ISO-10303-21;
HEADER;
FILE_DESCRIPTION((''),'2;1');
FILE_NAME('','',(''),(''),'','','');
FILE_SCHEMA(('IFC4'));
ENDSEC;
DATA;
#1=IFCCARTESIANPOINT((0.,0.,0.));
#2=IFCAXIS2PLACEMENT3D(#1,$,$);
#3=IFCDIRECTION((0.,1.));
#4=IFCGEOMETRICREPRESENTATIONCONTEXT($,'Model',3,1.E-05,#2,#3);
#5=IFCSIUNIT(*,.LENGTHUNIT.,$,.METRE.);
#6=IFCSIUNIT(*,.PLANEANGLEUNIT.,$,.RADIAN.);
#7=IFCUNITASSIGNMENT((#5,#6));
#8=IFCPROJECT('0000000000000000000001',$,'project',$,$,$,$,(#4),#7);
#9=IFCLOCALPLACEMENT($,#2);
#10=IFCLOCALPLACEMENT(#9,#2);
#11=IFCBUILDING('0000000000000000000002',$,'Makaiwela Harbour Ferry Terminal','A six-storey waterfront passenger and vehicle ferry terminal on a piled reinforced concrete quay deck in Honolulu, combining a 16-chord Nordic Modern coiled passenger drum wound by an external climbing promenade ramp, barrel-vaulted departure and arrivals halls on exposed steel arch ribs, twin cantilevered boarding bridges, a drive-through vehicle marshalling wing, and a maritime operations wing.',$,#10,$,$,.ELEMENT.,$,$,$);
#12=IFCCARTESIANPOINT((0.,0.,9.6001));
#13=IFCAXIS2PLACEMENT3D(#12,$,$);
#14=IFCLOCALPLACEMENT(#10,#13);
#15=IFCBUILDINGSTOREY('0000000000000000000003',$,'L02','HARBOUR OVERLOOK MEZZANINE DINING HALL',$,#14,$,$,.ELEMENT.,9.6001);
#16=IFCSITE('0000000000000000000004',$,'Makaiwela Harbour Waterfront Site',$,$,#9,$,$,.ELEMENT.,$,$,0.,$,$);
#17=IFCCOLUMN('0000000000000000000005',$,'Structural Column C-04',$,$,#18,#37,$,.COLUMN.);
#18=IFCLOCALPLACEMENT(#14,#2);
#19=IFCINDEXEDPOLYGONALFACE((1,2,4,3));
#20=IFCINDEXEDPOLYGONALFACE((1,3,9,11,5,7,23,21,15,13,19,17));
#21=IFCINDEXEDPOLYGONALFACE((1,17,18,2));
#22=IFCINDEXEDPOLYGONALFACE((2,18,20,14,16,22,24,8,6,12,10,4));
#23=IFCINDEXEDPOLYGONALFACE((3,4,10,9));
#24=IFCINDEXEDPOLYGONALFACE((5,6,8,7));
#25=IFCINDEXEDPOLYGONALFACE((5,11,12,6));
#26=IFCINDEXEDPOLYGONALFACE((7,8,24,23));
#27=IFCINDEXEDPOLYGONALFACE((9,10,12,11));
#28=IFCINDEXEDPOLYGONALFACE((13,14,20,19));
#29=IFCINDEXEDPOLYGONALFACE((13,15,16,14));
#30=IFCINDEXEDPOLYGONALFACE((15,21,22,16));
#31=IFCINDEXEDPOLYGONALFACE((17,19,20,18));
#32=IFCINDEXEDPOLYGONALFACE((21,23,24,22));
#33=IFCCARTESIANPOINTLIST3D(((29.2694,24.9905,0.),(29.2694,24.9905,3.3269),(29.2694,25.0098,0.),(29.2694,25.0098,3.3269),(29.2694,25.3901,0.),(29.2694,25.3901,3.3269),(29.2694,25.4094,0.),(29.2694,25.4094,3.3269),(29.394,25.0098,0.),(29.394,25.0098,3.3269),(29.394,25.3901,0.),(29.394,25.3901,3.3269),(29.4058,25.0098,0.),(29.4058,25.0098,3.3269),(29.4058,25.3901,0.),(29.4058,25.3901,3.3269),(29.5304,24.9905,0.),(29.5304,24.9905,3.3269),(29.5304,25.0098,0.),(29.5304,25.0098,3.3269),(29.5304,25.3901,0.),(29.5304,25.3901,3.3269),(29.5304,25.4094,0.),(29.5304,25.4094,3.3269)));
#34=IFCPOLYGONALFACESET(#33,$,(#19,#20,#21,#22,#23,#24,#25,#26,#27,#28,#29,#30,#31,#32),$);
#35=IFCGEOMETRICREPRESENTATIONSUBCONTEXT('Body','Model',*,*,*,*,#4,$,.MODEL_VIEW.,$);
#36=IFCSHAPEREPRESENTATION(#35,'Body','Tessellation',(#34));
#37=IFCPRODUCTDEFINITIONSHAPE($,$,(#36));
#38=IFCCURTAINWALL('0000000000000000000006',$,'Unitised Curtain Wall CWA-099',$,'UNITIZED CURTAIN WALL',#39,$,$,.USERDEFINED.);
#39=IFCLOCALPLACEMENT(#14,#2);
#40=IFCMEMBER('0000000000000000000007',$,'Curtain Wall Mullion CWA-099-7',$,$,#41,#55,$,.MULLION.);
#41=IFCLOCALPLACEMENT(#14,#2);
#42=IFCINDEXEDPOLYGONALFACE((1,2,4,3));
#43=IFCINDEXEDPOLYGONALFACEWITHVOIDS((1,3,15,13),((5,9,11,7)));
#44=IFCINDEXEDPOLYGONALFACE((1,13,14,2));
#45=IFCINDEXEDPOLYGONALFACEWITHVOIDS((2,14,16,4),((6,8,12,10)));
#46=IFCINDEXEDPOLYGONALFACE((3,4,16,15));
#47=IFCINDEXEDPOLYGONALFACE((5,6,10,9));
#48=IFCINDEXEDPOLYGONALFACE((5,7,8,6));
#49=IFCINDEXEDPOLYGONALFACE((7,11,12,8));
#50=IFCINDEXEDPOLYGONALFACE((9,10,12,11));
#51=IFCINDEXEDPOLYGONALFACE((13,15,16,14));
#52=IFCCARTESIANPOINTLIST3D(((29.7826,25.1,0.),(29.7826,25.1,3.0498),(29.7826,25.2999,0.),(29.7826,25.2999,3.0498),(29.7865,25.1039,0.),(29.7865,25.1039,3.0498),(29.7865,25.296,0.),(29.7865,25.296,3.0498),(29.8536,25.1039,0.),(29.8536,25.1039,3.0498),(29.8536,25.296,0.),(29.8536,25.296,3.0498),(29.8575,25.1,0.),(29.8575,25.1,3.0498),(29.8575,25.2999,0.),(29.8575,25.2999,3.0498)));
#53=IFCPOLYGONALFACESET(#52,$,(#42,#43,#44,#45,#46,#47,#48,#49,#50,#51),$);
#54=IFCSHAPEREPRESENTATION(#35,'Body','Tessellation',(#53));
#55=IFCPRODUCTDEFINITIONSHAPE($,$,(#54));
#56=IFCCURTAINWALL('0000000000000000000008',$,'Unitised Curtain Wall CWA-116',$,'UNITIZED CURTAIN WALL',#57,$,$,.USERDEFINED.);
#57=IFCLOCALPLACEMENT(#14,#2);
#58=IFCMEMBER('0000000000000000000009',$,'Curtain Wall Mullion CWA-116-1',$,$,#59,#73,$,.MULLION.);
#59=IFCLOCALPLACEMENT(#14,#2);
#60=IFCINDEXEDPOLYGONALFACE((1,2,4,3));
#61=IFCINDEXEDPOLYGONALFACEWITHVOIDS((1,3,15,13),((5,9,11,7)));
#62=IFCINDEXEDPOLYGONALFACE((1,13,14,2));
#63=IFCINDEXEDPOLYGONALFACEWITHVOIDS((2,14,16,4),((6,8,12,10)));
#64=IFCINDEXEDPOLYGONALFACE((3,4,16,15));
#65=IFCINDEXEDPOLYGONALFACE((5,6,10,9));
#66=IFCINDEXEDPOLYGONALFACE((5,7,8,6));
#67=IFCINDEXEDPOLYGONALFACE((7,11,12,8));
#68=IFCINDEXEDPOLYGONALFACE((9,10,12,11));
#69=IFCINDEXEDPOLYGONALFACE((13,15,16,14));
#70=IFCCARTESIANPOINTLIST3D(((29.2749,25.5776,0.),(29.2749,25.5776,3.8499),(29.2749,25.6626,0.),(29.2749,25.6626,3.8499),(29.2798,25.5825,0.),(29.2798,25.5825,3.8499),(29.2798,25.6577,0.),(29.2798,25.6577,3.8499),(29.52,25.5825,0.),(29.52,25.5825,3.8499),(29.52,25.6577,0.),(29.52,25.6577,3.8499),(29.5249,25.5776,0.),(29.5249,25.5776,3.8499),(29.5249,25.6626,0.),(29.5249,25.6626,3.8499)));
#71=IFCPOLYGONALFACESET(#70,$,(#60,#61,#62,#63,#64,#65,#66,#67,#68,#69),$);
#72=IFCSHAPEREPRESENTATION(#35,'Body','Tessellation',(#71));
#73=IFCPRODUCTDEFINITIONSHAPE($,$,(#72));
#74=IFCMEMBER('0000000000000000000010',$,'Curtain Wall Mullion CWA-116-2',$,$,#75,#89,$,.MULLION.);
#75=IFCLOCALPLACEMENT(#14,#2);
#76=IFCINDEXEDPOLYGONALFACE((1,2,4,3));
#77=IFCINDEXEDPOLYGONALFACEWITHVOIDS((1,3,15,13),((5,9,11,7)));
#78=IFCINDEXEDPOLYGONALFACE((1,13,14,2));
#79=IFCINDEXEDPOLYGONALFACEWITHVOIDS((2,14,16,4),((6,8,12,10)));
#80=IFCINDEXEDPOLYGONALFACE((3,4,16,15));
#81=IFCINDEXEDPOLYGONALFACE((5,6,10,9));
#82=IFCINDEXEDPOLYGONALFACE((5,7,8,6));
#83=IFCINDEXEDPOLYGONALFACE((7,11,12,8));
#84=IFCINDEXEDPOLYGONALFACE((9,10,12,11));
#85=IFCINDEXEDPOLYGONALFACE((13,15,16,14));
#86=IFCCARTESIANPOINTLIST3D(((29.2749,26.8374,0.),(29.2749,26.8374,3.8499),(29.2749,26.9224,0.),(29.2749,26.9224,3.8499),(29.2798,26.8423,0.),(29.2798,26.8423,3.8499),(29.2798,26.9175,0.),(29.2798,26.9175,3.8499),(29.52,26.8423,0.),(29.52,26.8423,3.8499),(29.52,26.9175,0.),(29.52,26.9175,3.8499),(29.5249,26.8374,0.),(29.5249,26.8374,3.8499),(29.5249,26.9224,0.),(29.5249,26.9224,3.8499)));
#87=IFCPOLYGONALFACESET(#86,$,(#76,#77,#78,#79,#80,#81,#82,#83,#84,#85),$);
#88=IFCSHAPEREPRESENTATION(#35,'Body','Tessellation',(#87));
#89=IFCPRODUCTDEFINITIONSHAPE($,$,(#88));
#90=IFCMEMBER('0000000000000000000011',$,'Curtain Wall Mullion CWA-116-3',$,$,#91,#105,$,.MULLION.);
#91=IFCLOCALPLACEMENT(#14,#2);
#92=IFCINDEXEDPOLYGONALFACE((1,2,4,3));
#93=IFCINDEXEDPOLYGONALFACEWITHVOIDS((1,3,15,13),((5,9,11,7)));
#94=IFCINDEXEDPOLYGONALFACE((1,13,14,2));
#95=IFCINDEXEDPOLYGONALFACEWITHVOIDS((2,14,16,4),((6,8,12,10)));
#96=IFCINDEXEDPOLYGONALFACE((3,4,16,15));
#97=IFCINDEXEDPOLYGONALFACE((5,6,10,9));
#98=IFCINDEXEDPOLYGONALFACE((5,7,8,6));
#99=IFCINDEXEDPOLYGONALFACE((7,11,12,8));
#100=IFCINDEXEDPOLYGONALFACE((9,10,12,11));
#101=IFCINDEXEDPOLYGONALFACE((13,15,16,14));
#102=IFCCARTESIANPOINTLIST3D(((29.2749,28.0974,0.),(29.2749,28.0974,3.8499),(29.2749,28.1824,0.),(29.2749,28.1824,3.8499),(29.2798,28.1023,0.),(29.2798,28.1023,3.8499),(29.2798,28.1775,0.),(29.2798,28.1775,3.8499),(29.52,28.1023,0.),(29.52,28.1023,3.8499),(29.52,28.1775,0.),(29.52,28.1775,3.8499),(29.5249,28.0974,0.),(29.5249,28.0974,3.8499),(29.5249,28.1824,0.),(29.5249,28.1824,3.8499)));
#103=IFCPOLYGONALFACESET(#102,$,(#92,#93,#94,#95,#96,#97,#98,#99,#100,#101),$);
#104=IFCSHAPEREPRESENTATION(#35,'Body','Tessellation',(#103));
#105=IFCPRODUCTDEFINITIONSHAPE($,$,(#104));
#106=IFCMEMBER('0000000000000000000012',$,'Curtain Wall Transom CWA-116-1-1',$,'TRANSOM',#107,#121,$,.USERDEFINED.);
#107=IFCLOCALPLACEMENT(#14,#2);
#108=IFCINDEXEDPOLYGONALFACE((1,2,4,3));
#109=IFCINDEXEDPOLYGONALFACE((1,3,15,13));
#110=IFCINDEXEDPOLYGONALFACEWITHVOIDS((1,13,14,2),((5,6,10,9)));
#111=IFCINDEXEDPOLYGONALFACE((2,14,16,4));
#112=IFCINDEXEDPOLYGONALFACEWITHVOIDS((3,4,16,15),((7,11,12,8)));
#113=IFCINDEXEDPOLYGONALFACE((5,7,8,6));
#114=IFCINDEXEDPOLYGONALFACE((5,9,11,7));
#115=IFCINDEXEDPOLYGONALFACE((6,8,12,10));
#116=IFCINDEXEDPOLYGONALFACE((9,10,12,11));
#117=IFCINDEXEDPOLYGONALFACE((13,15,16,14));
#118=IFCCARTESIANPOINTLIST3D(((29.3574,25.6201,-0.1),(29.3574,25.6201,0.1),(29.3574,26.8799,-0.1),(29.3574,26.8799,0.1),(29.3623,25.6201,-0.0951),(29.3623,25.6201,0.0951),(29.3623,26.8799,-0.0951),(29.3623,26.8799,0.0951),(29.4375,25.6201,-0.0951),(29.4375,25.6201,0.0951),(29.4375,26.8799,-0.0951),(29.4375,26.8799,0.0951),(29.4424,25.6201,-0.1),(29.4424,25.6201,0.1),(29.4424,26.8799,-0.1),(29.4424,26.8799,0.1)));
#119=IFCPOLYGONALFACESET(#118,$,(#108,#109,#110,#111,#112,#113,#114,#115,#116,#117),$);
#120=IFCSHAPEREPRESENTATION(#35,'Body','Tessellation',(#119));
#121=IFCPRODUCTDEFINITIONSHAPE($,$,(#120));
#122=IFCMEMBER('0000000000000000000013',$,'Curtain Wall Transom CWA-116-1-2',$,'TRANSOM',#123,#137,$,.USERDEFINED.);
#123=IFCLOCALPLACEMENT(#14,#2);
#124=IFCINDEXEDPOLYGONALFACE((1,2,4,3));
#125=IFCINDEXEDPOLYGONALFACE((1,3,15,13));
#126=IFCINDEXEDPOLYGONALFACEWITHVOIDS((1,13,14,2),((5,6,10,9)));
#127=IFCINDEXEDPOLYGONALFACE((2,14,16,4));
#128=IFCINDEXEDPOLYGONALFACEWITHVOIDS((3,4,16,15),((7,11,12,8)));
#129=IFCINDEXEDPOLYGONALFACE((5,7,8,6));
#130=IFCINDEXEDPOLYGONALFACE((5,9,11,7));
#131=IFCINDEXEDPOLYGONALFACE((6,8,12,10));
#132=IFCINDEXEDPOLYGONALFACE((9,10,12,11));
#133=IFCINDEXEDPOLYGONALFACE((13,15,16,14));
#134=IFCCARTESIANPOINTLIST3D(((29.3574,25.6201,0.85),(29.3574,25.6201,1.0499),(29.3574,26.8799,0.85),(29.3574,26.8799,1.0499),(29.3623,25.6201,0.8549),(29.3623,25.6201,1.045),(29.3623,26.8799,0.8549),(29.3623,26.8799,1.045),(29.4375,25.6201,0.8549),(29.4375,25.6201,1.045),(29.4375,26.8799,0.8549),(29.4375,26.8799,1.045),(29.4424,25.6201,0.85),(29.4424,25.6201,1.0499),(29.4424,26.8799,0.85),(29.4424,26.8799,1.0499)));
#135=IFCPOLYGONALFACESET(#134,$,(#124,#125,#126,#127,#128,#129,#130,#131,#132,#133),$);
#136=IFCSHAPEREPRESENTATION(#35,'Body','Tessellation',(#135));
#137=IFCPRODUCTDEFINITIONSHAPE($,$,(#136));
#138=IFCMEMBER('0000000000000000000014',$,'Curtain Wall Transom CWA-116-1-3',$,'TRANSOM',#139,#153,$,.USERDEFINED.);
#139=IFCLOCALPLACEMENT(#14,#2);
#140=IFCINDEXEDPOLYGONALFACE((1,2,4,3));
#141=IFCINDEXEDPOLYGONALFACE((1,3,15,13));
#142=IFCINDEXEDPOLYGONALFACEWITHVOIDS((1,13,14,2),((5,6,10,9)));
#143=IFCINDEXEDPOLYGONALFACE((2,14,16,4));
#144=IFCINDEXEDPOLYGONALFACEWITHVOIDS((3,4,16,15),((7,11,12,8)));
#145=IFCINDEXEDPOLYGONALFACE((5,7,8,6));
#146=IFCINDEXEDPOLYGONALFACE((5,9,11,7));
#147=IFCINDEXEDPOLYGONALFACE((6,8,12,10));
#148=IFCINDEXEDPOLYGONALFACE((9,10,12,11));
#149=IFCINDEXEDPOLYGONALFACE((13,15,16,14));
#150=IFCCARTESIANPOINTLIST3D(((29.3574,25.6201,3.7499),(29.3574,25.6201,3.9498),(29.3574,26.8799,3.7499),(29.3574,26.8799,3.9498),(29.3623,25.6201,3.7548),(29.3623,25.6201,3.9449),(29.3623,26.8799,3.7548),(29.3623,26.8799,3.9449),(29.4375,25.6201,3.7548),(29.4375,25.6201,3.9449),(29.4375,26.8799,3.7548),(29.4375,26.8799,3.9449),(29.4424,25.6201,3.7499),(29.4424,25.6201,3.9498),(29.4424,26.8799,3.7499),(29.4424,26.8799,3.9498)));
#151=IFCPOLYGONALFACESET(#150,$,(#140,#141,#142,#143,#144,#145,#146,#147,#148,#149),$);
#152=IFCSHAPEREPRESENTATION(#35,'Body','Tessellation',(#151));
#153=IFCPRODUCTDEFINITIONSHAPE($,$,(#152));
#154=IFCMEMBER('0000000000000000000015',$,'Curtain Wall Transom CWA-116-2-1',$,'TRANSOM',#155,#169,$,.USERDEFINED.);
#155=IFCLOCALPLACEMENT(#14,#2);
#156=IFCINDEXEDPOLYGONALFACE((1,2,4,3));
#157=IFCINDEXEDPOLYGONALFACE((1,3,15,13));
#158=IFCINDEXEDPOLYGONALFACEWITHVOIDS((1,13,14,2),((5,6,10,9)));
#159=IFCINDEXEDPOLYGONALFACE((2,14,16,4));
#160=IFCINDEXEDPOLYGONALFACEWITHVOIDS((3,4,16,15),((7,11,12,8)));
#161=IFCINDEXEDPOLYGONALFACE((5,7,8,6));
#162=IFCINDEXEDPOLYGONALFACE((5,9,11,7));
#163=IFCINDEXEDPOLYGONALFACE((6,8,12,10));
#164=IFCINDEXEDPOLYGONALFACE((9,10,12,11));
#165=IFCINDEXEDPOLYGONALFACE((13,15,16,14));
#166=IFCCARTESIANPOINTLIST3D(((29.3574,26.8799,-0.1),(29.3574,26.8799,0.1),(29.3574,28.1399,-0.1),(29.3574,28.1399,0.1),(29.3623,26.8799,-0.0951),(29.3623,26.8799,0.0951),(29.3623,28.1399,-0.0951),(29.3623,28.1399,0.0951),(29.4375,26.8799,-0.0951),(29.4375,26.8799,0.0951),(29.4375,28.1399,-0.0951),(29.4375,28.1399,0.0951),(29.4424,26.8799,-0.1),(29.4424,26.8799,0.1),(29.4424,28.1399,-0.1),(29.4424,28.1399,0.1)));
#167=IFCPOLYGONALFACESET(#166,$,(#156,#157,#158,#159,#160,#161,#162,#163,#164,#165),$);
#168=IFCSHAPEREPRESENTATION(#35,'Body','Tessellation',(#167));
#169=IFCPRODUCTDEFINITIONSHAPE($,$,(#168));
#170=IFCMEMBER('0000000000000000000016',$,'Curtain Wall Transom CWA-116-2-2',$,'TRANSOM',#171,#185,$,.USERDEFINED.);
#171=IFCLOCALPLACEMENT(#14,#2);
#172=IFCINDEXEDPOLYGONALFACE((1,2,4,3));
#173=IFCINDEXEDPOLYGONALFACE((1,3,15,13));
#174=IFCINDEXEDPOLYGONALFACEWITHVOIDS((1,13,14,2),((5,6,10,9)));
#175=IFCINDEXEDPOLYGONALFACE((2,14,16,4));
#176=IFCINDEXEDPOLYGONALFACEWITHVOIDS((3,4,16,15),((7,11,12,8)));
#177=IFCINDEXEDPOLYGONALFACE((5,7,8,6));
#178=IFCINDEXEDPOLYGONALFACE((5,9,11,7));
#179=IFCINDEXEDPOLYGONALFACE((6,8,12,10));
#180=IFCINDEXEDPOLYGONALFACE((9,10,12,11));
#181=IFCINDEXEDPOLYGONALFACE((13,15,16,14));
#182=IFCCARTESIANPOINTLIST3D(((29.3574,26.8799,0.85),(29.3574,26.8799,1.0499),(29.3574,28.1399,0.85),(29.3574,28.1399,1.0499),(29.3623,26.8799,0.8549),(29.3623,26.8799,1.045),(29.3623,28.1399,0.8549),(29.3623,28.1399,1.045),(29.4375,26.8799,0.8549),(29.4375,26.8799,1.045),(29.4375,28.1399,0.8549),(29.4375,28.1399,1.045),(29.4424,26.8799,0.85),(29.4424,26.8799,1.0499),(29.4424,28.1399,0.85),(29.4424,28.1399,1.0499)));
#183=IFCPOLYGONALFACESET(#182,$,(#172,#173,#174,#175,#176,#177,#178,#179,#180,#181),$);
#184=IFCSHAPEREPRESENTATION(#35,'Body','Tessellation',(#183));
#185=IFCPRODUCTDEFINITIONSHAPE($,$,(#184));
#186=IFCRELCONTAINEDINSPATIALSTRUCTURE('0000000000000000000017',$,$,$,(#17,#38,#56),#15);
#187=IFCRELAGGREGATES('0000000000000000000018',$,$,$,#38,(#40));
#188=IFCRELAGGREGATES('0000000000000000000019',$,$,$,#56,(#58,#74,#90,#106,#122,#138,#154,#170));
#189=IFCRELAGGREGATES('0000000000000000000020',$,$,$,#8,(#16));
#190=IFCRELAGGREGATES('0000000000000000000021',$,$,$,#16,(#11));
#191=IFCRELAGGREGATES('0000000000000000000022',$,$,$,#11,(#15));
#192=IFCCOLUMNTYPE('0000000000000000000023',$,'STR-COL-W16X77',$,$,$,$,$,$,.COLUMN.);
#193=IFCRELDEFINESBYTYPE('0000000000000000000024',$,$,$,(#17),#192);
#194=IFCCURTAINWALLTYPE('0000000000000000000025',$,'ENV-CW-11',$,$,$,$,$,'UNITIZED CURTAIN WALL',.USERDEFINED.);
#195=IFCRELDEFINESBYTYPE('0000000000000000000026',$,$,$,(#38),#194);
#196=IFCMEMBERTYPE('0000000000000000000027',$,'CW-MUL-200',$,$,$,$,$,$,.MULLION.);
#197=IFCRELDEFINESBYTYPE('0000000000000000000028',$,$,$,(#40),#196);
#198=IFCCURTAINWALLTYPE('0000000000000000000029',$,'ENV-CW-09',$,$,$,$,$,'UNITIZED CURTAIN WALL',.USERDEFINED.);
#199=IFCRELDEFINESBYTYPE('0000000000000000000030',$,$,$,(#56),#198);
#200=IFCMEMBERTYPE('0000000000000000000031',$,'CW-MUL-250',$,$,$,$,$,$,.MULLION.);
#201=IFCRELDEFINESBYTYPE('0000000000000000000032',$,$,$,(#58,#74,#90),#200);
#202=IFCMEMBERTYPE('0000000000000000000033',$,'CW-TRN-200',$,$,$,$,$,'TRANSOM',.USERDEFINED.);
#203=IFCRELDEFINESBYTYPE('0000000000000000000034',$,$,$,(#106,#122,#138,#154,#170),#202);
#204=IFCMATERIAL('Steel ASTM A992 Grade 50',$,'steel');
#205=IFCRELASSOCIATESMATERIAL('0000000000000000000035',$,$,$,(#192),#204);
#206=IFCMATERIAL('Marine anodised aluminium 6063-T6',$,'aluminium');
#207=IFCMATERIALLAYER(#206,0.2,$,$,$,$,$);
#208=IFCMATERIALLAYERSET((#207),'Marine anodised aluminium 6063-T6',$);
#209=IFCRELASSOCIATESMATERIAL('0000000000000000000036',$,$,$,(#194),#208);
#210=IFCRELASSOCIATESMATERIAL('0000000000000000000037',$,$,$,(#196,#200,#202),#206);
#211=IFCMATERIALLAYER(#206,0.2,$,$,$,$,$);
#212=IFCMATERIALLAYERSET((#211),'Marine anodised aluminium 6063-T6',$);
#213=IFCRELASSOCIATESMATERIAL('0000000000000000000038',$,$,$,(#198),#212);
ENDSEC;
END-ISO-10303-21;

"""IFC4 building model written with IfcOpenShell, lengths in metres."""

from ifc_helpers import new_model, si_unit, direction, frame, origin, origin_2d, place, context, subcontext, project, spatial, hollow_rectangle, i_section, extrude, material, layer, layer_set, material_profile, profile_set, type_object, element, aggregate, save


model = new_model("IFC4")

# Units and contexts
model_context = context("Model", 3, precision=1e-05, world=origin(), true_north=direction((0.0, 1.0)))
body_context = subcontext(model_context, "Body", "Model", "MODEL_VIEW")
ifc_project = project(units=[si_unit("LENGTHUNIT", "METRE"), si_unit("PLANEANGLEUNIT", "RADIAN")], contexts=[model_context])

# Site, building, storey
site_placement = place(None, origin())
site = spatial("IfcSite", under=ifc_project, at=site_placement, Name="Makaiwela Harbour Waterfront Site", CompositionType="ELEMENT", RefElevation=0.0)
building_placement = place(site_placement, origin())
building = spatial("IfcBuilding", under=site, at=building_placement, Name="Makaiwela Harbour Ferry Terminal", Description="A six-storey waterfront passenger and vehicle ferry terminal on a piled reinforced concrete quay deck in Honolulu, combining a 16-chord Nordic Modern coiled passenger drum wound by an external climbing promenade ramp, barrel-vaulted departure and arrivals halls on exposed steel arch ribs, twin cantilevered boarding bridges, a drive-through vehicle marshalling wing, and a maritime operations wing.", CompositionType="ELEMENT")
storey_placement = place(building_placement, frame((0.0, 0.0, 9.6001)))
storey = spatial("IfcBuildingStorey", under=building, at=storey_placement, Name="L02", Description="HARBOUR OVERLOOK MEZZANINE DINING HALL", CompositionType="ELEMENT", Elevation=9.6001)

# Column
ifc_material_1 = material(Name="Steel ASTM A992 Grade 50", Category="steel")
ifc_material_profile_1 = material_profile(ifc_material_1, i_section(OverallWidth=0.261, OverallDepth=0.4189, WebThickness=0.0117, FlangeThickness=0.0193, at=origin_2d()), Name="W16X77")
ifc_profile_set_1 = profile_set([ifc_material_profile_1], Name="Steel ASTM A992 Grade 50")
column_type = type_object("IfcColumnType", Name="STR-COL-W16X77", PredefinedType="COLUMN", material=ifc_profile_set_1)
column_placement = place(storey_placement, frame((29.3999, 25.2, 0.0), z_axis=(0.0, 0.0, 1.0), x_axis=(1.0, 0.0, 0.0)))
element("IfcColumn", 1, at=column_placement, inside=storey, type_object=column_type, Name="Structural Column C-04", PredefinedType="COLUMN", context=body_context, shape_type="SweptSolid", body=[
    extrude(i_section(OverallWidth=0.261, OverallDepth=0.4189, WebThickness=0.0117, FlangeThickness=0.0193, at=origin_2d()), origin(), (0.0, 0.0, 1.0), 3.3269),
])

# Curtain wall, member
ifc_material_2 = material(Name="Marine anodised aluminium 6063-T6", Category="aluminium")
ifc_layer_1 = layer(ifc_material_2, 0.2)
ifc_layer_set_1 = layer_set([ifc_layer_1], Name="Marine anodised aluminium 6063-T6")
curtain_wall_type_1 = type_object("IfcCurtainWallType", Name="ENV-CW-11", ElementType="UNITIZED CURTAIN WALL", PredefinedType="USERDEFINED", material=ifc_layer_set_1)
curtain_wall_1_placement = place(storey_placement, origin())
curtain_wall_1 = element("IfcCurtainWall", 2, at=curtain_wall_1_placement, inside=storey, type_object=curtain_wall_type_1, Name="Unitised Curtain Wall CWA-099", ObjectType="UNITIZED CURTAIN WALL", PredefinedType="USERDEFINED")
ifc_material_profile_2 = material_profile(ifc_material_2, hollow_rectangle(XDim=0.075, YDim=0.2, WallThickness=0.0039, at=origin_2d()), Name="CWM-200X75")
ifc_profile_set_2 = profile_set([ifc_material_profile_2], Name="Marine anodised aluminium 6063-T6")
member_type_1 = type_object("IfcMemberType", Name="CW-MUL-200", PredefinedType="MULLION", material=ifc_profile_set_2)
member_1_placement = place(storey_placement, frame((29.8201, 25.2, 0.0), z_axis=(0.0, 0.0, 1.0), x_axis=(1.0, 0.0, 0.0)))
member_1 = element("IfcMember", 3, at=member_1_placement, type_object=member_type_1, Name="Curtain Wall Mullion CWA-099-7", PredefinedType="MULLION", context=body_context, shape_type="SweptSolid", body=[
    extrude(hollow_rectangle(XDim=0.075, YDim=0.2, WallThickness=0.0039, at=origin_2d()), origin(), (0.0, 0.0, 1.0), 3.0498),
])
aggregate(curtain_wall_1, [member_1])

# Curtain wall, members
ifc_layer_2 = layer(ifc_material_2, 0.2)
ifc_layer_set_2 = layer_set([ifc_layer_2], Name="Marine anodised aluminium 6063-T6")
curtain_wall_type_2 = type_object("IfcCurtainWallType", Name="ENV-CW-09", ElementType="UNITIZED CURTAIN WALL", PredefinedType="USERDEFINED", material=ifc_layer_set_2)
curtain_wall_2_placement = place(storey_placement, origin())
curtain_wall_2 = element("IfcCurtainWall", 4, at=curtain_wall_2_placement, inside=storey, type_object=curtain_wall_type_2, Name="Unitised Curtain Wall CWA-116", ObjectType="UNITIZED CURTAIN WALL", PredefinedType="USERDEFINED")
ifc_material_profile_3 = material_profile(ifc_material_2, hollow_rectangle(XDim=0.085, YDim=0.25, WallThickness=0.0049, at=origin_2d()), Name="CWM-250X85")
ifc_profile_set_3 = profile_set([ifc_material_profile_3], Name="Marine anodised aluminium 6063-T6")
member_type_2 = type_object("IfcMemberType", Name="CW-MUL-250", PredefinedType="MULLION", material=ifc_profile_set_3)
member_2_placement = place(storey_placement, frame((29.3999, 25.6201, 0.0), z_axis=(0.0, 0.0, 1.0), x_axis=(0.0, 1.0, 0.0)))
member_2 = element("IfcMember", 5, at=member_2_placement, type_object=member_type_2, Name="Curtain Wall Mullion CWA-116-1", PredefinedType="MULLION", context=body_context, shape_type="SweptSolid", body=[
    extrude(hollow_rectangle(XDim=0.085, YDim=0.25, WallThickness=0.0049, at=origin_2d()), origin(), (0.0, 0.0, 1.0), 3.8499),
])
member_3_placement = place(storey_placement, frame((29.3999, 26.8799, 0.0), z_axis=(0.0, 0.0, 1.0), x_axis=(0.0, 1.0, 0.0)))
member_3 = element("IfcMember", 6, at=member_3_placement, type_object=member_type_2, Name="Curtain Wall Mullion CWA-116-2", PredefinedType="MULLION", context=body_context, shape_type="SweptSolid", body=[
    extrude(hollow_rectangle(XDim=0.085, YDim=0.25, WallThickness=0.0049, at=origin_2d()), origin(), (0.0, 0.0, 1.0), 3.8499),
])
member_4_placement = place(storey_placement, frame((29.3999, 28.1399, 0.0), z_axis=(0.0, 0.0, 1.0), x_axis=(0.0, 1.0, 0.0)))
member_4 = element("IfcMember", 7, at=member_4_placement, type_object=member_type_2, Name="Curtain Wall Mullion CWA-116-3", PredefinedType="MULLION", context=body_context, shape_type="SweptSolid", body=[
    extrude(hollow_rectangle(XDim=0.085, YDim=0.25, WallThickness=0.0049, at=origin_2d()), origin(), (0.0, 0.0, 1.0), 3.8499),
])
ifc_material_profile_4 = material_profile(ifc_material_2, hollow_rectangle(XDim=0.085, YDim=0.2, WallThickness=0.0049, at=origin_2d()), Name="CWT-200X85")
ifc_profile_set_4 = profile_set([ifc_material_profile_4], Name="Marine anodised aluminium 6063-T6")
member_type_3 = type_object("IfcMemberType", Name="CW-TRN-200", ElementType="TRANSOM", PredefinedType="USERDEFINED", material=ifc_profile_set_4)
member_5_placement = place(storey_placement, frame((29.3999, 25.6201, 0.0), z_axis=(0.0, 1.0, 0.0), x_axis=(-1.0, 0.0, 0.0)))
member_5 = element("IfcMember", 8, at=member_5_placement, type_object=member_type_3, Name="Curtain Wall Transom CWA-116-1-1", ObjectType="TRANSOM", PredefinedType="USERDEFINED", context=body_context, shape_type="SweptSolid", body=[
    extrude(hollow_rectangle(XDim=0.085, YDim=0.2, WallThickness=0.0049, at=origin_2d()), origin(), (0.0, 0.0, 1.0), 1.2598),
])
member_6_placement = place(storey_placement, frame((29.3999, 25.6201, 0.95), z_axis=(0.0, 1.0, 0.0), x_axis=(-1.0, 0.0, 0.0)))
member_6 = element("IfcMember", 9, at=member_6_placement, type_object=member_type_3, Name="Curtain Wall Transom CWA-116-1-2", ObjectType="TRANSOM", PredefinedType="USERDEFINED", context=body_context, shape_type="SweptSolid", body=[
    extrude(hollow_rectangle(XDim=0.085, YDim=0.2, WallThickness=0.0049, at=origin_2d()), origin(), (0.0, 0.0, 1.0), 1.2598),
])
member_7_placement = place(storey_placement, frame((29.3999, 25.6201, 3.8499), z_axis=(0.0, 1.0, 0.0), x_axis=(-1.0, 0.0, 0.0)))
member_7 = element("IfcMember", 10, at=member_7_placement, type_object=member_type_3, Name="Curtain Wall Transom CWA-116-1-3", ObjectType="TRANSOM", PredefinedType="USERDEFINED", context=body_context, shape_type="SweptSolid", body=[
    extrude(hollow_rectangle(XDim=0.085, YDim=0.2, WallThickness=0.0049, at=origin_2d()), origin(), (0.0, 0.0, 1.0), 1.2598),
])
member_8_placement = place(storey_placement, frame((29.3999, 26.8799, 0.0), z_axis=(0.0, 1.0, 0.0), x_axis=(-1.0, 0.0, 0.0)))
member_8 = element("IfcMember", 11, at=member_8_placement, type_object=member_type_3, Name="Curtain Wall Transom CWA-116-2-1", ObjectType="TRANSOM", PredefinedType="USERDEFINED", context=body_context, shape_type="SweptSolid", body=[
    extrude(hollow_rectangle(XDim=0.085, YDim=0.2, WallThickness=0.0049, at=origin_2d()), origin(), (0.0, 0.0, 1.0), 1.26),
])
member_9_placement = place(storey_placement, frame((29.3999, 26.8799, 0.95), z_axis=(0.0, 1.0, 0.0), x_axis=(-1.0, 0.0, 0.0)))
member_9 = element("IfcMember", 12, at=member_9_placement, type_object=member_type_3, Name="Curtain Wall Transom CWA-116-2-2", ObjectType="TRANSOM", PredefinedType="USERDEFINED", context=body_context, shape_type="SweptSolid", body=[
    extrude(hollow_rectangle(XDim=0.085, YDim=0.2, WallThickness=0.0049, at=origin_2d()), origin(), (0.0, 0.0, 1.0), 1.26),
])

aggregate(curtain_wall_2, [member_2, member_3, member_4, member_5, member_6, member_7, member_8, member_9])

save(model, "model.ifc")
